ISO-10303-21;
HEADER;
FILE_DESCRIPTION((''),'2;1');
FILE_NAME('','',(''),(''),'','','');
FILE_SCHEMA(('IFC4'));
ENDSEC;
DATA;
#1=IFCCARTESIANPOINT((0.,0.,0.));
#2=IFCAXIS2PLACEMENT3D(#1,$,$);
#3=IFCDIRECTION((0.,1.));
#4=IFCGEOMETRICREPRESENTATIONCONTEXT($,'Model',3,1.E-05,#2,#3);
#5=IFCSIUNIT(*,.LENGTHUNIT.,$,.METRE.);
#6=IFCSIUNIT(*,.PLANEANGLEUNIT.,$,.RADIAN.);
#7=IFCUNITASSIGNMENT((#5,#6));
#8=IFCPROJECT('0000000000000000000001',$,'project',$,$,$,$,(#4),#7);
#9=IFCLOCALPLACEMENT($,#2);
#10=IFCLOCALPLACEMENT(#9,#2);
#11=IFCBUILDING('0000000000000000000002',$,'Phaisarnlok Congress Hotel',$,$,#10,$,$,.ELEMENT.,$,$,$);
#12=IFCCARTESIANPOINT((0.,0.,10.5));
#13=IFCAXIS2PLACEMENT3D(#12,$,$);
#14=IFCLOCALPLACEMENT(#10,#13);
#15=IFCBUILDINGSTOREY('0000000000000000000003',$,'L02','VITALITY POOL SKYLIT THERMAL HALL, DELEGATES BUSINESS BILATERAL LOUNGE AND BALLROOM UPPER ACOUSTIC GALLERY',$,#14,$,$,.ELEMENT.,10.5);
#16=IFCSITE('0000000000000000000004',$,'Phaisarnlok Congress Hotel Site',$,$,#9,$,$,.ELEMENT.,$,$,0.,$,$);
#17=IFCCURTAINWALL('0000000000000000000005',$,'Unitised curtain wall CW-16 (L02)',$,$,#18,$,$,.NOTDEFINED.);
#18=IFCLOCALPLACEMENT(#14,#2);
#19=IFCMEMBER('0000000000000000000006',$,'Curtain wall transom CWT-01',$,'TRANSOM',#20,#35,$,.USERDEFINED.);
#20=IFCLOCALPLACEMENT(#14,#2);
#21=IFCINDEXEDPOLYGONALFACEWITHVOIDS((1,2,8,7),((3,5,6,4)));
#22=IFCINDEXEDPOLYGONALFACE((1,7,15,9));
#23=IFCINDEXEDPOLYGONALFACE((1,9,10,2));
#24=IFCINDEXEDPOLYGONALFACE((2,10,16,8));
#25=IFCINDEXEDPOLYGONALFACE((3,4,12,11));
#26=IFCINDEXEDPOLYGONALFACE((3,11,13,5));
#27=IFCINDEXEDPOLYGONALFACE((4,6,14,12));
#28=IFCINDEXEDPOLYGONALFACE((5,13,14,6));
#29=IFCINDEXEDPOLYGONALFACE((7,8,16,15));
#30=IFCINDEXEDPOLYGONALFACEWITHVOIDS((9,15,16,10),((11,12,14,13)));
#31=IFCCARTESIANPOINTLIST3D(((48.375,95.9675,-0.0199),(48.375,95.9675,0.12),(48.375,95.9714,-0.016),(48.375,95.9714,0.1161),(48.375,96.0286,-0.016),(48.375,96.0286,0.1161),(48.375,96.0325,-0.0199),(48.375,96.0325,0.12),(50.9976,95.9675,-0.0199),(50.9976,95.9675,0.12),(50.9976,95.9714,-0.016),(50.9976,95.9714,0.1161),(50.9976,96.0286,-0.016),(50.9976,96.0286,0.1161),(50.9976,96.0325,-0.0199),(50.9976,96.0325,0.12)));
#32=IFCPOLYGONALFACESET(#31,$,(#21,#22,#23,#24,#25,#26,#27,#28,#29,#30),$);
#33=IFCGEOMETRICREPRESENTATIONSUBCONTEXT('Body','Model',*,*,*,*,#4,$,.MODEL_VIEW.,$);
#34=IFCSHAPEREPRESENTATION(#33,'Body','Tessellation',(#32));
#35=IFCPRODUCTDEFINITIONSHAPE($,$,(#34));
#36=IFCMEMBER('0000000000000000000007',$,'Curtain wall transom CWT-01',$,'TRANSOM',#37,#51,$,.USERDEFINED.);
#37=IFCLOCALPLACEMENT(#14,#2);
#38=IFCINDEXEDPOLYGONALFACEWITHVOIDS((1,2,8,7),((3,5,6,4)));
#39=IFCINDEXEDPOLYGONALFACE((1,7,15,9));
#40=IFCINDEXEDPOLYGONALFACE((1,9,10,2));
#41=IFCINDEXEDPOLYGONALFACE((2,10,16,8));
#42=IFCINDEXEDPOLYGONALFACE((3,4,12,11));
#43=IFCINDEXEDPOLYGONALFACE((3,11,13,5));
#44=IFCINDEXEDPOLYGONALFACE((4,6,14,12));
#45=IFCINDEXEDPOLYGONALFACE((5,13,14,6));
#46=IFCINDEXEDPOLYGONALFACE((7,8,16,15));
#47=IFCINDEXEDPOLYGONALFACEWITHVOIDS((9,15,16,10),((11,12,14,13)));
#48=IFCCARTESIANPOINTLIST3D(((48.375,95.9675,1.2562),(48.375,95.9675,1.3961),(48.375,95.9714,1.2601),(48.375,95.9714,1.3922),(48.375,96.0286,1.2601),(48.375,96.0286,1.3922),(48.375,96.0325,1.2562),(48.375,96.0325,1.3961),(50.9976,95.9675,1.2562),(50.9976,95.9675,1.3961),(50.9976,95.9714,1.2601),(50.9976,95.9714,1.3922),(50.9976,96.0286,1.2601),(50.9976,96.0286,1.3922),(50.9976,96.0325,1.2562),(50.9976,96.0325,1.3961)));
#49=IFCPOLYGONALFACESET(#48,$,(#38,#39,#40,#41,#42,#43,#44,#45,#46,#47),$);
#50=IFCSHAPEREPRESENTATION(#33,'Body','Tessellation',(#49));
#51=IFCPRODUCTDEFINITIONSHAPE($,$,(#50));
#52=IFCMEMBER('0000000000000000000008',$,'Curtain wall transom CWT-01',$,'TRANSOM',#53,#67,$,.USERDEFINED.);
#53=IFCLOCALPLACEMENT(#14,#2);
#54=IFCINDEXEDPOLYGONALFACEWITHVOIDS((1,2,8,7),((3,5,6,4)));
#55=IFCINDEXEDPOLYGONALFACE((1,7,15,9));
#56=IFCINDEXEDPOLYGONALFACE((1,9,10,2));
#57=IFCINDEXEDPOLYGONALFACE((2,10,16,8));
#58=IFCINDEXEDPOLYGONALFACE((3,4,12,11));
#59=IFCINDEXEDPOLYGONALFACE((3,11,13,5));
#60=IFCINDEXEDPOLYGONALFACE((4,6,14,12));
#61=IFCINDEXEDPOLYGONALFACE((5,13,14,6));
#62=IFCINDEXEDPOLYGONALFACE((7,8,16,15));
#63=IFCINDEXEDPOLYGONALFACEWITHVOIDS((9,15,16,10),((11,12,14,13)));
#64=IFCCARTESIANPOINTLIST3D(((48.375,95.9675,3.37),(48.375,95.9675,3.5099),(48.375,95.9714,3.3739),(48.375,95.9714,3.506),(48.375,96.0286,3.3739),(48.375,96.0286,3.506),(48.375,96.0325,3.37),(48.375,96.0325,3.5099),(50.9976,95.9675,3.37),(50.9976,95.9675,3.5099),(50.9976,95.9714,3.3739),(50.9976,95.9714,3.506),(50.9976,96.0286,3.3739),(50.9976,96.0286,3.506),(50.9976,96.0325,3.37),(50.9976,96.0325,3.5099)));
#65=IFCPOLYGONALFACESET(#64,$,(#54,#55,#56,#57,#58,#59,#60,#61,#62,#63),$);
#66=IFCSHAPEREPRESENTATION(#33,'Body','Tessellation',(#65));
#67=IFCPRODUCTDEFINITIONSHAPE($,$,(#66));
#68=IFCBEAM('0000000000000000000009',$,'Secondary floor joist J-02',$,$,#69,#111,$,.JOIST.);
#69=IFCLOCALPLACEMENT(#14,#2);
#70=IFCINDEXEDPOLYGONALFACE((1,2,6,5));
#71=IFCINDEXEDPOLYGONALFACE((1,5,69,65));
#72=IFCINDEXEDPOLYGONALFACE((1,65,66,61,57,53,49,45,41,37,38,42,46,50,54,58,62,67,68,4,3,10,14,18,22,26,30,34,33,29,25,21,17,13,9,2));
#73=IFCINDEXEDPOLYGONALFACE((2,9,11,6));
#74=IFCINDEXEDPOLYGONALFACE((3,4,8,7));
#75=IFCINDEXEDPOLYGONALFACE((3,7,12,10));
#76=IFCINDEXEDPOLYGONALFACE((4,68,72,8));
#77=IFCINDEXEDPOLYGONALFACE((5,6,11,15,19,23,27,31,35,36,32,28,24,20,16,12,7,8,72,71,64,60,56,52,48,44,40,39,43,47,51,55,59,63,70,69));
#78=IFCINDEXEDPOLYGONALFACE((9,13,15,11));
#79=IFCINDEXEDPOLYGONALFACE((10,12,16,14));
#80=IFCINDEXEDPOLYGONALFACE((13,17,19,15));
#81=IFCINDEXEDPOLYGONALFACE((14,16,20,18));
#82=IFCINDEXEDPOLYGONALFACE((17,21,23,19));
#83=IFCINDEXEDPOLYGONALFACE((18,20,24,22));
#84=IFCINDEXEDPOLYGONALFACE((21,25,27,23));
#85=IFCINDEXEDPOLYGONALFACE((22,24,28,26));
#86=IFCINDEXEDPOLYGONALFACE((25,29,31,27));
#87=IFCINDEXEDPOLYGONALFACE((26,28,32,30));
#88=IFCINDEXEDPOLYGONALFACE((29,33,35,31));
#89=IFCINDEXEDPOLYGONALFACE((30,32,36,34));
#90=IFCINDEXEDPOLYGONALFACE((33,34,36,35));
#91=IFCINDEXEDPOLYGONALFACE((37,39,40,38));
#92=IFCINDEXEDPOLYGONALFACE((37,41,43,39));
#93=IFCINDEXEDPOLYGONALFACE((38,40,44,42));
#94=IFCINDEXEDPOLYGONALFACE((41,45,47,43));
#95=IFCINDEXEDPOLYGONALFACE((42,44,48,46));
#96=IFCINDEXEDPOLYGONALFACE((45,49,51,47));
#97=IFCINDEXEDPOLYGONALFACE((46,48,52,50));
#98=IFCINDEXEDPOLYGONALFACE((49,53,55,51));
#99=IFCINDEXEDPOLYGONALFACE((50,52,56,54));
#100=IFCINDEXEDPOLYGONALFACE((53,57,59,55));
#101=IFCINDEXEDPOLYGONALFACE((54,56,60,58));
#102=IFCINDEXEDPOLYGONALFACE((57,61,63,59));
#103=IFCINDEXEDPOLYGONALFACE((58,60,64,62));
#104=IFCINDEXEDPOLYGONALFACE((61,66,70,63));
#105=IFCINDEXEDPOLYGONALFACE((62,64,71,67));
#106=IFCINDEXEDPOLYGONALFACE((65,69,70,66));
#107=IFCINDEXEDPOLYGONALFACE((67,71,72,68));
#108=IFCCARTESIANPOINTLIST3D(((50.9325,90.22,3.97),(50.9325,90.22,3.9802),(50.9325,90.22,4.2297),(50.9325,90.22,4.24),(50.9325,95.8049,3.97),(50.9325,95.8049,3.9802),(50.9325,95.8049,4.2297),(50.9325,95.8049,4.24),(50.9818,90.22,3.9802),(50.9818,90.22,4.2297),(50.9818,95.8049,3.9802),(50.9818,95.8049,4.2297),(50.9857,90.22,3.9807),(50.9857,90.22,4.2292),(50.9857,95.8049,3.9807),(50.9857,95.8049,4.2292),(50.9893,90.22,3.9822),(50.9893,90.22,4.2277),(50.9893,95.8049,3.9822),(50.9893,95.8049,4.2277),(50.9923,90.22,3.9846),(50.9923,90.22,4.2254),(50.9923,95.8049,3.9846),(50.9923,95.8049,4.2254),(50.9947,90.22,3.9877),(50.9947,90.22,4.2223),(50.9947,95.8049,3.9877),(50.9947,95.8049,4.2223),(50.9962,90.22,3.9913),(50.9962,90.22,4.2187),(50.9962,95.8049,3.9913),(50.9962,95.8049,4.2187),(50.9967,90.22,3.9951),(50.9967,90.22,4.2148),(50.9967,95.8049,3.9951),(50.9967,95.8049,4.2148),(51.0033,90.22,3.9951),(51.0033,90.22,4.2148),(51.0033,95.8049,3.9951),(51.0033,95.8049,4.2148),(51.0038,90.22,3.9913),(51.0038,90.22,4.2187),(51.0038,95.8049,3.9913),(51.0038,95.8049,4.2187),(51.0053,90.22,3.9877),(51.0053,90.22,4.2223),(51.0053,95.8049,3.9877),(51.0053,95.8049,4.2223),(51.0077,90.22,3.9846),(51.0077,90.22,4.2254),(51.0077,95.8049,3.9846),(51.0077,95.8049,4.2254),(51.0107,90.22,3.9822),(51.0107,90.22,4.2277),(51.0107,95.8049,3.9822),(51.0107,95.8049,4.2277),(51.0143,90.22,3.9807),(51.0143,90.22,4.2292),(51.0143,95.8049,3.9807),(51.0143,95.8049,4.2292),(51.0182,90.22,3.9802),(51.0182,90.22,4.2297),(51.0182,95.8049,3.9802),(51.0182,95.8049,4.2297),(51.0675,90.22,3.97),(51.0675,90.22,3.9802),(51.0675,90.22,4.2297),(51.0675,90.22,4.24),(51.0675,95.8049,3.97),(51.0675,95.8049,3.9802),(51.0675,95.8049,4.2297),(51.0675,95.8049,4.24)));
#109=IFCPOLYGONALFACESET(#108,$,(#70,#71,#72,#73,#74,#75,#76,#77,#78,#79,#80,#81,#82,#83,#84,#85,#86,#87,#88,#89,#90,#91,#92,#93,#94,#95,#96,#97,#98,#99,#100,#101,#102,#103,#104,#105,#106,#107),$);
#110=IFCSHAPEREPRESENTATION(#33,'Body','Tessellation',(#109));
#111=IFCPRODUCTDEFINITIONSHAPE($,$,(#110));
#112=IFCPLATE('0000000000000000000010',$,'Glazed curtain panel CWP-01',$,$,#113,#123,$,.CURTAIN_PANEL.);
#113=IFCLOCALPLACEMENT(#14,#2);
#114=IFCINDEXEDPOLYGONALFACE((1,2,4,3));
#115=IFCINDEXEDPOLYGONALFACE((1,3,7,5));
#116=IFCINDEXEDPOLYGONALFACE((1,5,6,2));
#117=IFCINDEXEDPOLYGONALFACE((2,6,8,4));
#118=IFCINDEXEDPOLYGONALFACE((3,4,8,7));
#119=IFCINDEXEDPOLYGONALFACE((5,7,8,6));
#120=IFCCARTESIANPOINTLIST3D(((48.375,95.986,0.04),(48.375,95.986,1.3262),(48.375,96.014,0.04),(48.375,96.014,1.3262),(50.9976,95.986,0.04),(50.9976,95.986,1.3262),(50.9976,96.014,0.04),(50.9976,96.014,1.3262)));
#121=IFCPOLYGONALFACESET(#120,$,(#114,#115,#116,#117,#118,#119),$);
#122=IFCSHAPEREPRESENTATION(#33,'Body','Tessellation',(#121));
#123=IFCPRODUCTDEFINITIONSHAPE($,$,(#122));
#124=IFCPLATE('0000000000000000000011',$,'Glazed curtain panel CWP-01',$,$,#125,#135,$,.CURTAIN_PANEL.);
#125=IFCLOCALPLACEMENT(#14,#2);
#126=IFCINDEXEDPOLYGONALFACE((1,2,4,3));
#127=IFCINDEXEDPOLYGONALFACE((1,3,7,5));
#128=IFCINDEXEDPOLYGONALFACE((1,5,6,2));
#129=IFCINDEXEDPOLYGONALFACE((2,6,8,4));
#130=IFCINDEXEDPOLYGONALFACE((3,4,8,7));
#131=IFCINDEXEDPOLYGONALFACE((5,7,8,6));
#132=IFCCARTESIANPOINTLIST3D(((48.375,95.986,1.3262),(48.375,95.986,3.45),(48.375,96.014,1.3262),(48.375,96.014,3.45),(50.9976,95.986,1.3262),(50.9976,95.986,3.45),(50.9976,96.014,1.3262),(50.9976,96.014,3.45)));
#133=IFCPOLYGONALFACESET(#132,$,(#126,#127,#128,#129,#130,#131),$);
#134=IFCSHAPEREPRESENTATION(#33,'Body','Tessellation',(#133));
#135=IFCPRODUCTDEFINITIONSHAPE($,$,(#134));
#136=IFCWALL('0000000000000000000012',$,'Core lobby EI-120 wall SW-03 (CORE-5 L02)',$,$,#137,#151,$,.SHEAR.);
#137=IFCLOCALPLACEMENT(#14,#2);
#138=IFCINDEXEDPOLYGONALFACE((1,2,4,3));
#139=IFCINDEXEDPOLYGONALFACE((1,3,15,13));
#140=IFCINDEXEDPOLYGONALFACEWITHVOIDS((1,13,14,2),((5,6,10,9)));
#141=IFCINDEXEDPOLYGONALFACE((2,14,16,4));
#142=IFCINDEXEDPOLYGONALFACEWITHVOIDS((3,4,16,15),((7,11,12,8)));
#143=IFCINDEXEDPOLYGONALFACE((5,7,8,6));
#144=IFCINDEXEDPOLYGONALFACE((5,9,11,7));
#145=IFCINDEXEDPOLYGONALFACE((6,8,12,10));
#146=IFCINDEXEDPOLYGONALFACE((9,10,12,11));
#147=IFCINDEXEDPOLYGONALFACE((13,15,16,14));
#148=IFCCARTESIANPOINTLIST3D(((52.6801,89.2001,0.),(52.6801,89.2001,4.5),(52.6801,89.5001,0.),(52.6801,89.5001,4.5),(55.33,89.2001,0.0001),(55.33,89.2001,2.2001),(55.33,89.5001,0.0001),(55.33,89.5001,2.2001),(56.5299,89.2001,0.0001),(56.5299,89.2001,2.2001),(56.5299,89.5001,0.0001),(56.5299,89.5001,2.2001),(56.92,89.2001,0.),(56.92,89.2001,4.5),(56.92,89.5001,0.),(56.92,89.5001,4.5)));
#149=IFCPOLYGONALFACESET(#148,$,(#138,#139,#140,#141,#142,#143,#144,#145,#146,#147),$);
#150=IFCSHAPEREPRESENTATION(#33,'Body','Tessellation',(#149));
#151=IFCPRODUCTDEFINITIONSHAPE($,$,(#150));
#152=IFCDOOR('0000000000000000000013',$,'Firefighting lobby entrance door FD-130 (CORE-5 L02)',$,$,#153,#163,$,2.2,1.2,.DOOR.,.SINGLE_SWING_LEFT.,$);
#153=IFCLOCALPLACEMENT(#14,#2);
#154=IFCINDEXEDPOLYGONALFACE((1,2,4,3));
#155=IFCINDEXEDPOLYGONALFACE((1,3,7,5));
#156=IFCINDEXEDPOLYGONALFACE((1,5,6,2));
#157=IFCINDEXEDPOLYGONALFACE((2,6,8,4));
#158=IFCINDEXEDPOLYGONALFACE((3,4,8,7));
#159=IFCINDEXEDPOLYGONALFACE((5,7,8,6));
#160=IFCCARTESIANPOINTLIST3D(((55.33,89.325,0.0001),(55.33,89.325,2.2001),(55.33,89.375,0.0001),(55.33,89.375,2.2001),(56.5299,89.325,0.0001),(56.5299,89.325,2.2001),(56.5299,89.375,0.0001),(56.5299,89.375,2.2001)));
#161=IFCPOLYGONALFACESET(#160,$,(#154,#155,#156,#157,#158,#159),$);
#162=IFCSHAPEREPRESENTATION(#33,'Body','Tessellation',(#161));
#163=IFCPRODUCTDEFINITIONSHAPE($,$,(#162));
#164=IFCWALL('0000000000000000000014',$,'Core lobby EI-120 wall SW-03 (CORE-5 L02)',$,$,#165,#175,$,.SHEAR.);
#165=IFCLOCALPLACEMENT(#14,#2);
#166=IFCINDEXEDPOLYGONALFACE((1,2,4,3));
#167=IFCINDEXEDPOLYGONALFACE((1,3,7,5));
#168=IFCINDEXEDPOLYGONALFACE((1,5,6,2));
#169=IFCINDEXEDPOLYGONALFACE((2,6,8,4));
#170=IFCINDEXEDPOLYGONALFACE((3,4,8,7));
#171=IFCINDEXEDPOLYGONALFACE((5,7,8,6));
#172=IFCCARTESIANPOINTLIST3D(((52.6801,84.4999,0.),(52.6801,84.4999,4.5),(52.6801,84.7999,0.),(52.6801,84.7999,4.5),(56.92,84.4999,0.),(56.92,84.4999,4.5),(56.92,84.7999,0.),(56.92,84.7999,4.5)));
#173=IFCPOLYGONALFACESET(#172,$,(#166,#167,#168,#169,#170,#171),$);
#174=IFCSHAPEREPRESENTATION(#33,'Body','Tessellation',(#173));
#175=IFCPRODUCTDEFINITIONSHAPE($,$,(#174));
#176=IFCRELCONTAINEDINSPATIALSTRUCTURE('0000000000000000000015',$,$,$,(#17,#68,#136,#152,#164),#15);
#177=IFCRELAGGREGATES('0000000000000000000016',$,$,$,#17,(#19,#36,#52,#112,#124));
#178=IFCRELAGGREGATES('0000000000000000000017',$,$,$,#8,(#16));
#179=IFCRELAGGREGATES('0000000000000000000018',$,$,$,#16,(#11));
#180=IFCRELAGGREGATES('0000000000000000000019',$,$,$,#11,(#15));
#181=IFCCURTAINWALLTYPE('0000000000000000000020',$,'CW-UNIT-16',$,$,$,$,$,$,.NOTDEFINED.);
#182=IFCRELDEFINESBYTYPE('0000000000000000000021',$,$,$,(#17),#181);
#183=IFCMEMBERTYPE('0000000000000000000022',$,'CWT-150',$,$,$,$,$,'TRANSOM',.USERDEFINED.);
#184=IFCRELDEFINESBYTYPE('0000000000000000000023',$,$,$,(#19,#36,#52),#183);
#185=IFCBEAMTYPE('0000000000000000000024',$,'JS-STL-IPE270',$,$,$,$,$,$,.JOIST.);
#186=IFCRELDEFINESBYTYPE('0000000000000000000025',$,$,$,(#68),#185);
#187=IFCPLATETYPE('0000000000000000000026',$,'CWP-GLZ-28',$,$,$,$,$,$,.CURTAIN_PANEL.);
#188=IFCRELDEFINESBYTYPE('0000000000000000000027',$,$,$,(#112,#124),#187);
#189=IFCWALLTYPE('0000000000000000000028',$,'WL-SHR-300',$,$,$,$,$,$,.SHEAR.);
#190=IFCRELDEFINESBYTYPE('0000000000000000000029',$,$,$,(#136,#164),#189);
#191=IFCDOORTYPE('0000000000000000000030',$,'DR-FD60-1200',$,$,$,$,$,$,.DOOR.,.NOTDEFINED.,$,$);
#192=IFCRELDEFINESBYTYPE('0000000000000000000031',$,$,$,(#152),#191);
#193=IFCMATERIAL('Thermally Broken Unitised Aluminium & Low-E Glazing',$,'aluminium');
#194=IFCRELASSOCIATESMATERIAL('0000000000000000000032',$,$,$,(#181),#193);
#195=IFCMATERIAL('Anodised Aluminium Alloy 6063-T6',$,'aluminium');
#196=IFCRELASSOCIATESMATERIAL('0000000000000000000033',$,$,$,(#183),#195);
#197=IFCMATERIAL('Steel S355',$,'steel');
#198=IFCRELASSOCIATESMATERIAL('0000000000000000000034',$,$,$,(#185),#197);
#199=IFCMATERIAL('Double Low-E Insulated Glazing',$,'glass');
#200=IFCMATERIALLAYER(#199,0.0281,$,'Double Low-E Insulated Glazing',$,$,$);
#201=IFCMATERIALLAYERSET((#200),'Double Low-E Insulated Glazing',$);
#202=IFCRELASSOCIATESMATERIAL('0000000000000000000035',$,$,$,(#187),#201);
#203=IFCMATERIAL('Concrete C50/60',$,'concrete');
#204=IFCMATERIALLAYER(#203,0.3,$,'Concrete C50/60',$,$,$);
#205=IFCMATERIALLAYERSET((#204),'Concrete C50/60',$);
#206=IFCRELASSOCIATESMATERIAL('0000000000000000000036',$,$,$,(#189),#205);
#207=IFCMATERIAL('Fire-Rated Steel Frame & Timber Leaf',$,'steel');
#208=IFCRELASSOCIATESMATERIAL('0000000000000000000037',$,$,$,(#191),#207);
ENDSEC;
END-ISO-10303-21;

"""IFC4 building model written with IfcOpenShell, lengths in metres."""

from ifc_helpers import new_model, si_unit, direction, frame, frame_2d, origin, origin_2d, place, context, subcontext, project, spatial, rectangle, hollow_rectangle, i_section, extrude, material, layer, layer_set, material_profile, profile_set, type_object, element, fill, aggregate, save


model = new_model("IFC4")

# Units and contexts
model_context = context("Model", 3, precision=1e-05, world=origin(), true_north=direction((0.0, 1.0)))
body_context = subcontext(model_context, "Body", "Model", "MODEL_VIEW")
ifc_project = project(units=[si_unit("LENGTHUNIT", "METRE"), si_unit("PLANEANGLEUNIT", "RADIAN")], contexts=[model_context])

# Site, building, storey
site_placement = place(None, origin())
site = spatial("IfcSite", under=ifc_project, at=site_placement, Name="Phaisarnlok Congress Hotel Site", CompositionType="ELEMENT", RefElevation=0.0)
building_placement = place(site_placement, origin())
building = spatial("IfcBuilding", under=site, at=building_placement, Name="Phaisarnlok Congress Hotel", CompositionType="ELEMENT")
storey_placement = place(building_placement, frame((0.0, 0.0, 10.5)))
storey = spatial("IfcBuildingStorey", under=building, at=storey_placement, Name="L02", Description="VITALITY POOL SKYLIT THERMAL HALL, DELEGATES BUSINESS BILATERAL LOUNGE AND BALLROOM UPPER ACOUSTIC GALLERY", CompositionType="ELEMENT", Elevation=10.5)

# Shared definitions
ifc_material_1 = material(Name="Concrete C50/60", Category="concrete")

# Shared definitions
ifc_material_2 = material(Name="Steel S355", Category="steel")

# Curtain wall, members
ifc_material_3 = material(Name="Thermally Broken Unitised Aluminium & Low-E Glazing", Category="aluminium")
curtain_wall_type = type_object("IfcCurtainWallType", Name="CW-UNIT-16", PredefinedType="NOTDEFINED", material=ifc_material_3)
curtain_wall_placement = place(storey_placement, origin())
curtain_wall = element("IfcCurtainWall", 1, at=curtain_wall_placement, inside=storey, type_object=curtain_wall_type, Name="Unitised curtain wall CW-16 (L02)", PredefinedType="NOTDEFINED")
ifc_material_4 = material(Name="Anodised Aluminium Alloy 6063-T6", Category="aluminium")
ifc_material_profile_1 = material_profile(ifc_material_4, hollow_rectangle(XDim=0.0649, YDim=0.1399, WallThickness=0.0039, at=origin_2d()), Name="ALU-T 65x140x4")
ifc_profile_set_1 = profile_set([ifc_material_profile_1], Name="Anodised Aluminium Alloy 6063-T6")
member_type_1 = type_object("IfcMemberType", Name="CWT-150", ElementType="TRANSOM", PredefinedType="USERDEFINED", material=ifc_profile_set_1)
member_1_placement = place(storey_placement, frame((50.9976, 96.0, 0.05), z_axis=(-1.0, 0.0, 0.0), x_axis=(0.0, -1.0, 0.0)))
member_1 = element("IfcMember", 2, at=member_1_placement, type_object=member_type_1, Name="Curtain wall transom CWT-01", ObjectType="TRANSOM", PredefinedType="USERDEFINED", context=body_context, shape_type="SweptSolid", body=[
    extrude(hollow_rectangle(XDim=0.0649, YDim=0.1399, WallThickness=0.0039, at=origin_2d()), origin(), (0.0, 0.0, 1.0), 2.6226),
])
member_2_placement = place(storey_placement, frame((50.9976, 96.0, 1.3262), z_axis=(-1.0, 0.0, 0.0), x_axis=(0.0, -1.0, 0.0)))
member_2 = element("IfcMember", 3, at=member_2_placement, type_object=member_type_1, Name="Curtain wall transom CWT-01", ObjectType="TRANSOM", PredefinedType="USERDEFINED", context=body_context, shape_type="SweptSolid", body=[
    extrude(hollow_rectangle(XDim=0.0649, YDim=0.1399, WallThickness=0.0039, at=origin_2d()), origin(), (0.0, 0.0, 1.0), 2.6226),
])
member_3_placement = place(storey_placement, frame((50.9976, 96.0, 3.4399), z_axis=(-1.0, 0.0, 0.0), x_axis=(0.0, -1.0, 0.0)))
member_3 = element("IfcMember", 4, at=member_3_placement, type_object=member_type_1, Name="Curtain wall transom CWT-01", ObjectType="TRANSOM", PredefinedType="USERDEFINED", context=body_context, shape_type="SweptSolid", body=[
    extrude(hollow_rectangle(XDim=0.0649, YDim=0.1399, WallThickness=0.0039, at=origin_2d()), origin(), (0.0, 0.0, 1.0), 2.6226),
])

# Beam
ifc_material_profile_2 = material_profile(ifc_material_2, i_section(OverallWidth=0.135, OverallDepth=0.27, WebThickness=0.0066, FlangeThickness=0.0103, FilletRadius=0.0149, at=origin_2d()), Name="IPE 270")
ifc_profile_set_2 = profile_set([ifc_material_profile_2], Name="Steel S355")
beam_type_1 = type_object("IfcBeamType", Name="JS-STL-IPE270", PredefinedType="JOIST", material=ifc_profile_set_2)
beam_1_placement = place(storey_placement, frame((51.0, 90.22, 4.105), z_axis=(0.0, 1.0, 0.0), x_axis=(-1.0, 0.0, 0.0)))
element("IfcBeam", 5, at=beam_1_placement, inside=storey, type_object=beam_type_1, Name="Secondary floor joist J-02", PredefinedType="JOIST", context=body_context, shape_type="SweptSolid", body=[
    extrude(i_section(OverallWidth=0.135, OverallDepth=0.27, WebThickness=0.0066, FlangeThickness=0.0103, FilletRadius=0.0149, at=origin_2d()), origin(), (0.0, 0.0, 1.0), 5.585),
])

# Plates
ifc_material_5 = material(Name="Double Low-E Insulated Glazing", Category="glass")
ifc_layer_1 = layer(ifc_material_5, 0.0281, Name="Double Low-E Insulated Glazing")
ifc_layer_set_1 = layer_set([ifc_layer_1], Name="Double Low-E Insulated Glazing")
plate_type = type_object("IfcPlateType", Name="CWP-GLZ-28", PredefinedType="CURTAIN_PANEL", material=ifc_layer_set_1)
plate_1_placement = place(storey_placement, frame((50.9976, 96.0, 0.04), z_axis=(0.0, 0.0, 1.0), x_axis=(-1.0, 0.0, 0.0)))
plate_1 = element("IfcPlate", 6, at=plate_1_placement, type_object=plate_type, Name="Glazed curtain panel CWP-01", PredefinedType="CURTAIN_PANEL", context=body_context, shape_type="SweptSolid", body=[
    extrude(rectangle(XDim=2.6226, YDim=0.0281, at=frame_2d((1.3113, 0.0))), origin(), (0.0, 0.0, 1.0), 1.2861),
])
plate_2_placement = place(storey_placement, frame((50.9976, 96.0, 1.3262), z_axis=(0.0, 0.0, 1.0), x_axis=(-1.0, 0.0, 0.0)))
plate_2 = element("IfcPlate", 7, at=plate_2_placement, type_object=plate_type, Name="Glazed curtain panel CWP-01", PredefinedType="CURTAIN_PANEL", context=body_context, shape_type="SweptSolid", body=[
    extrude(rectangle(XDim=2.6226, YDim=0.0281, at=frame_2d((1.3113, 0.0))), origin(), (0.0, 0.0, 1.0), 2.1238),
])
aggregate(curtain_wall, [member_1, member_2, member_3, plate_1, plate_2])

# Wall, opening, door
ifc_material_6 = material(Name="Fire-Rated Steel Frame & Timber Leaf", Category="steel")
ifc_layer_2 = layer(ifc_material_1, 0.3, Name="Concrete C50/60")
ifc_layer_set_2 = layer_set([ifc_layer_2], Name="Concrete C50/60")
wall_type_1 = type_object("IfcWallType", Name="WL-SHR-300", PredefinedType="SHEAR", material=ifc_layer_set_2)
wall_1_placement = place(storey_placement, frame((52.6799, 89.3501, 0.0), z_axis=(0.0, 0.0, 1.0), x_axis=(1.0, 0.0, 0.0)))
wall_1 = element("IfcWall", 8, at=wall_1_placement, inside=storey, type_object=wall_type_1, Name="Core lobby EI-120 wall SW-03 (CORE-5 L02)", PredefinedType="SHEAR", context=body_context, shape_type="SweptSolid", body=[
    extrude(rectangle(XDim=4.24, YDim=0.3, at=frame_2d((2.1201, 0.0))), origin(), (0.0, 0.0, 1.0), 4.5),
])
opening_1_placement = place(wall_1_placement, frame((2.6499, 0.0, 0.0)))
opening_1 = element("IfcOpeningElement", 9, at=opening_1_placement, cuts=wall_1, PredefinedType="OPENING", context=body_context, shape_type="SweptSolid", body=[
    extrude(rectangle(XDim=1.2, YDim=2.2, at=frame_2d((0.6001, 1.1001))), frame((0.0, 0.1602, 0.0), z_axis=(0.0, -1.0, 0.0), x_axis=(1.0, 0.0, 0.0)), (0.0, 0.0, 1.0), 0.3201),
])
door_type_1 = type_object("IfcDoorType", Name="DR-FD60-1200", OperationType="NOTDEFINED", PredefinedType="DOOR", material=ifc_material_6)
door_1_placement = place(opening_1_placement, origin())
door_1 = element("IfcDoor", 10, at=door_1_placement, inside=storey, type_object=door_type_1, Name="Firefighting lobby entrance door FD-130 (CORE-5 L02)", OperationType="SINGLE_SWING_LEFT", OverallHeight=2.2, OverallWidth=1.2, PredefinedType="DOOR", context=body_context, shape_type="SweptSolid", body=[
    extrude(rectangle(XDim=1.2, YDim=2.2, at=frame_2d((0.6001, 1.1001))), frame((0.0, 0.0249, 0.0), z_axis=(0.0, -1.0, 0.0), x_axis=(1.0, 0.0, 0.0)), (0.0, 0.0, 1.0), 0.05),
])
fill(opening_1, door_1)

# Wall
wall_2_placement = place(storey_placement, frame((52.6799, 84.6499, 0.0), z_axis=(0.0, 0.0, 1.0), x_axis=(1.0, 0.0, 0.0)))
element("IfcWall", 11, at=wall_2_placement, inside=storey, type_object=wall_type_1, Name="Core lobby EI-120 wall SW-03 (CORE-5 L02)", PredefinedType="SHEAR", context=body_context, shape_type="SweptSolid", body=[
    extrude(rectangle(XDim=4.24, YDim=0.3, at=frame_2d((2.1201, 0.0))), origin(), (0.0, 0.0, 1.0), 4.5),
])

save(model, "model.ifc")
